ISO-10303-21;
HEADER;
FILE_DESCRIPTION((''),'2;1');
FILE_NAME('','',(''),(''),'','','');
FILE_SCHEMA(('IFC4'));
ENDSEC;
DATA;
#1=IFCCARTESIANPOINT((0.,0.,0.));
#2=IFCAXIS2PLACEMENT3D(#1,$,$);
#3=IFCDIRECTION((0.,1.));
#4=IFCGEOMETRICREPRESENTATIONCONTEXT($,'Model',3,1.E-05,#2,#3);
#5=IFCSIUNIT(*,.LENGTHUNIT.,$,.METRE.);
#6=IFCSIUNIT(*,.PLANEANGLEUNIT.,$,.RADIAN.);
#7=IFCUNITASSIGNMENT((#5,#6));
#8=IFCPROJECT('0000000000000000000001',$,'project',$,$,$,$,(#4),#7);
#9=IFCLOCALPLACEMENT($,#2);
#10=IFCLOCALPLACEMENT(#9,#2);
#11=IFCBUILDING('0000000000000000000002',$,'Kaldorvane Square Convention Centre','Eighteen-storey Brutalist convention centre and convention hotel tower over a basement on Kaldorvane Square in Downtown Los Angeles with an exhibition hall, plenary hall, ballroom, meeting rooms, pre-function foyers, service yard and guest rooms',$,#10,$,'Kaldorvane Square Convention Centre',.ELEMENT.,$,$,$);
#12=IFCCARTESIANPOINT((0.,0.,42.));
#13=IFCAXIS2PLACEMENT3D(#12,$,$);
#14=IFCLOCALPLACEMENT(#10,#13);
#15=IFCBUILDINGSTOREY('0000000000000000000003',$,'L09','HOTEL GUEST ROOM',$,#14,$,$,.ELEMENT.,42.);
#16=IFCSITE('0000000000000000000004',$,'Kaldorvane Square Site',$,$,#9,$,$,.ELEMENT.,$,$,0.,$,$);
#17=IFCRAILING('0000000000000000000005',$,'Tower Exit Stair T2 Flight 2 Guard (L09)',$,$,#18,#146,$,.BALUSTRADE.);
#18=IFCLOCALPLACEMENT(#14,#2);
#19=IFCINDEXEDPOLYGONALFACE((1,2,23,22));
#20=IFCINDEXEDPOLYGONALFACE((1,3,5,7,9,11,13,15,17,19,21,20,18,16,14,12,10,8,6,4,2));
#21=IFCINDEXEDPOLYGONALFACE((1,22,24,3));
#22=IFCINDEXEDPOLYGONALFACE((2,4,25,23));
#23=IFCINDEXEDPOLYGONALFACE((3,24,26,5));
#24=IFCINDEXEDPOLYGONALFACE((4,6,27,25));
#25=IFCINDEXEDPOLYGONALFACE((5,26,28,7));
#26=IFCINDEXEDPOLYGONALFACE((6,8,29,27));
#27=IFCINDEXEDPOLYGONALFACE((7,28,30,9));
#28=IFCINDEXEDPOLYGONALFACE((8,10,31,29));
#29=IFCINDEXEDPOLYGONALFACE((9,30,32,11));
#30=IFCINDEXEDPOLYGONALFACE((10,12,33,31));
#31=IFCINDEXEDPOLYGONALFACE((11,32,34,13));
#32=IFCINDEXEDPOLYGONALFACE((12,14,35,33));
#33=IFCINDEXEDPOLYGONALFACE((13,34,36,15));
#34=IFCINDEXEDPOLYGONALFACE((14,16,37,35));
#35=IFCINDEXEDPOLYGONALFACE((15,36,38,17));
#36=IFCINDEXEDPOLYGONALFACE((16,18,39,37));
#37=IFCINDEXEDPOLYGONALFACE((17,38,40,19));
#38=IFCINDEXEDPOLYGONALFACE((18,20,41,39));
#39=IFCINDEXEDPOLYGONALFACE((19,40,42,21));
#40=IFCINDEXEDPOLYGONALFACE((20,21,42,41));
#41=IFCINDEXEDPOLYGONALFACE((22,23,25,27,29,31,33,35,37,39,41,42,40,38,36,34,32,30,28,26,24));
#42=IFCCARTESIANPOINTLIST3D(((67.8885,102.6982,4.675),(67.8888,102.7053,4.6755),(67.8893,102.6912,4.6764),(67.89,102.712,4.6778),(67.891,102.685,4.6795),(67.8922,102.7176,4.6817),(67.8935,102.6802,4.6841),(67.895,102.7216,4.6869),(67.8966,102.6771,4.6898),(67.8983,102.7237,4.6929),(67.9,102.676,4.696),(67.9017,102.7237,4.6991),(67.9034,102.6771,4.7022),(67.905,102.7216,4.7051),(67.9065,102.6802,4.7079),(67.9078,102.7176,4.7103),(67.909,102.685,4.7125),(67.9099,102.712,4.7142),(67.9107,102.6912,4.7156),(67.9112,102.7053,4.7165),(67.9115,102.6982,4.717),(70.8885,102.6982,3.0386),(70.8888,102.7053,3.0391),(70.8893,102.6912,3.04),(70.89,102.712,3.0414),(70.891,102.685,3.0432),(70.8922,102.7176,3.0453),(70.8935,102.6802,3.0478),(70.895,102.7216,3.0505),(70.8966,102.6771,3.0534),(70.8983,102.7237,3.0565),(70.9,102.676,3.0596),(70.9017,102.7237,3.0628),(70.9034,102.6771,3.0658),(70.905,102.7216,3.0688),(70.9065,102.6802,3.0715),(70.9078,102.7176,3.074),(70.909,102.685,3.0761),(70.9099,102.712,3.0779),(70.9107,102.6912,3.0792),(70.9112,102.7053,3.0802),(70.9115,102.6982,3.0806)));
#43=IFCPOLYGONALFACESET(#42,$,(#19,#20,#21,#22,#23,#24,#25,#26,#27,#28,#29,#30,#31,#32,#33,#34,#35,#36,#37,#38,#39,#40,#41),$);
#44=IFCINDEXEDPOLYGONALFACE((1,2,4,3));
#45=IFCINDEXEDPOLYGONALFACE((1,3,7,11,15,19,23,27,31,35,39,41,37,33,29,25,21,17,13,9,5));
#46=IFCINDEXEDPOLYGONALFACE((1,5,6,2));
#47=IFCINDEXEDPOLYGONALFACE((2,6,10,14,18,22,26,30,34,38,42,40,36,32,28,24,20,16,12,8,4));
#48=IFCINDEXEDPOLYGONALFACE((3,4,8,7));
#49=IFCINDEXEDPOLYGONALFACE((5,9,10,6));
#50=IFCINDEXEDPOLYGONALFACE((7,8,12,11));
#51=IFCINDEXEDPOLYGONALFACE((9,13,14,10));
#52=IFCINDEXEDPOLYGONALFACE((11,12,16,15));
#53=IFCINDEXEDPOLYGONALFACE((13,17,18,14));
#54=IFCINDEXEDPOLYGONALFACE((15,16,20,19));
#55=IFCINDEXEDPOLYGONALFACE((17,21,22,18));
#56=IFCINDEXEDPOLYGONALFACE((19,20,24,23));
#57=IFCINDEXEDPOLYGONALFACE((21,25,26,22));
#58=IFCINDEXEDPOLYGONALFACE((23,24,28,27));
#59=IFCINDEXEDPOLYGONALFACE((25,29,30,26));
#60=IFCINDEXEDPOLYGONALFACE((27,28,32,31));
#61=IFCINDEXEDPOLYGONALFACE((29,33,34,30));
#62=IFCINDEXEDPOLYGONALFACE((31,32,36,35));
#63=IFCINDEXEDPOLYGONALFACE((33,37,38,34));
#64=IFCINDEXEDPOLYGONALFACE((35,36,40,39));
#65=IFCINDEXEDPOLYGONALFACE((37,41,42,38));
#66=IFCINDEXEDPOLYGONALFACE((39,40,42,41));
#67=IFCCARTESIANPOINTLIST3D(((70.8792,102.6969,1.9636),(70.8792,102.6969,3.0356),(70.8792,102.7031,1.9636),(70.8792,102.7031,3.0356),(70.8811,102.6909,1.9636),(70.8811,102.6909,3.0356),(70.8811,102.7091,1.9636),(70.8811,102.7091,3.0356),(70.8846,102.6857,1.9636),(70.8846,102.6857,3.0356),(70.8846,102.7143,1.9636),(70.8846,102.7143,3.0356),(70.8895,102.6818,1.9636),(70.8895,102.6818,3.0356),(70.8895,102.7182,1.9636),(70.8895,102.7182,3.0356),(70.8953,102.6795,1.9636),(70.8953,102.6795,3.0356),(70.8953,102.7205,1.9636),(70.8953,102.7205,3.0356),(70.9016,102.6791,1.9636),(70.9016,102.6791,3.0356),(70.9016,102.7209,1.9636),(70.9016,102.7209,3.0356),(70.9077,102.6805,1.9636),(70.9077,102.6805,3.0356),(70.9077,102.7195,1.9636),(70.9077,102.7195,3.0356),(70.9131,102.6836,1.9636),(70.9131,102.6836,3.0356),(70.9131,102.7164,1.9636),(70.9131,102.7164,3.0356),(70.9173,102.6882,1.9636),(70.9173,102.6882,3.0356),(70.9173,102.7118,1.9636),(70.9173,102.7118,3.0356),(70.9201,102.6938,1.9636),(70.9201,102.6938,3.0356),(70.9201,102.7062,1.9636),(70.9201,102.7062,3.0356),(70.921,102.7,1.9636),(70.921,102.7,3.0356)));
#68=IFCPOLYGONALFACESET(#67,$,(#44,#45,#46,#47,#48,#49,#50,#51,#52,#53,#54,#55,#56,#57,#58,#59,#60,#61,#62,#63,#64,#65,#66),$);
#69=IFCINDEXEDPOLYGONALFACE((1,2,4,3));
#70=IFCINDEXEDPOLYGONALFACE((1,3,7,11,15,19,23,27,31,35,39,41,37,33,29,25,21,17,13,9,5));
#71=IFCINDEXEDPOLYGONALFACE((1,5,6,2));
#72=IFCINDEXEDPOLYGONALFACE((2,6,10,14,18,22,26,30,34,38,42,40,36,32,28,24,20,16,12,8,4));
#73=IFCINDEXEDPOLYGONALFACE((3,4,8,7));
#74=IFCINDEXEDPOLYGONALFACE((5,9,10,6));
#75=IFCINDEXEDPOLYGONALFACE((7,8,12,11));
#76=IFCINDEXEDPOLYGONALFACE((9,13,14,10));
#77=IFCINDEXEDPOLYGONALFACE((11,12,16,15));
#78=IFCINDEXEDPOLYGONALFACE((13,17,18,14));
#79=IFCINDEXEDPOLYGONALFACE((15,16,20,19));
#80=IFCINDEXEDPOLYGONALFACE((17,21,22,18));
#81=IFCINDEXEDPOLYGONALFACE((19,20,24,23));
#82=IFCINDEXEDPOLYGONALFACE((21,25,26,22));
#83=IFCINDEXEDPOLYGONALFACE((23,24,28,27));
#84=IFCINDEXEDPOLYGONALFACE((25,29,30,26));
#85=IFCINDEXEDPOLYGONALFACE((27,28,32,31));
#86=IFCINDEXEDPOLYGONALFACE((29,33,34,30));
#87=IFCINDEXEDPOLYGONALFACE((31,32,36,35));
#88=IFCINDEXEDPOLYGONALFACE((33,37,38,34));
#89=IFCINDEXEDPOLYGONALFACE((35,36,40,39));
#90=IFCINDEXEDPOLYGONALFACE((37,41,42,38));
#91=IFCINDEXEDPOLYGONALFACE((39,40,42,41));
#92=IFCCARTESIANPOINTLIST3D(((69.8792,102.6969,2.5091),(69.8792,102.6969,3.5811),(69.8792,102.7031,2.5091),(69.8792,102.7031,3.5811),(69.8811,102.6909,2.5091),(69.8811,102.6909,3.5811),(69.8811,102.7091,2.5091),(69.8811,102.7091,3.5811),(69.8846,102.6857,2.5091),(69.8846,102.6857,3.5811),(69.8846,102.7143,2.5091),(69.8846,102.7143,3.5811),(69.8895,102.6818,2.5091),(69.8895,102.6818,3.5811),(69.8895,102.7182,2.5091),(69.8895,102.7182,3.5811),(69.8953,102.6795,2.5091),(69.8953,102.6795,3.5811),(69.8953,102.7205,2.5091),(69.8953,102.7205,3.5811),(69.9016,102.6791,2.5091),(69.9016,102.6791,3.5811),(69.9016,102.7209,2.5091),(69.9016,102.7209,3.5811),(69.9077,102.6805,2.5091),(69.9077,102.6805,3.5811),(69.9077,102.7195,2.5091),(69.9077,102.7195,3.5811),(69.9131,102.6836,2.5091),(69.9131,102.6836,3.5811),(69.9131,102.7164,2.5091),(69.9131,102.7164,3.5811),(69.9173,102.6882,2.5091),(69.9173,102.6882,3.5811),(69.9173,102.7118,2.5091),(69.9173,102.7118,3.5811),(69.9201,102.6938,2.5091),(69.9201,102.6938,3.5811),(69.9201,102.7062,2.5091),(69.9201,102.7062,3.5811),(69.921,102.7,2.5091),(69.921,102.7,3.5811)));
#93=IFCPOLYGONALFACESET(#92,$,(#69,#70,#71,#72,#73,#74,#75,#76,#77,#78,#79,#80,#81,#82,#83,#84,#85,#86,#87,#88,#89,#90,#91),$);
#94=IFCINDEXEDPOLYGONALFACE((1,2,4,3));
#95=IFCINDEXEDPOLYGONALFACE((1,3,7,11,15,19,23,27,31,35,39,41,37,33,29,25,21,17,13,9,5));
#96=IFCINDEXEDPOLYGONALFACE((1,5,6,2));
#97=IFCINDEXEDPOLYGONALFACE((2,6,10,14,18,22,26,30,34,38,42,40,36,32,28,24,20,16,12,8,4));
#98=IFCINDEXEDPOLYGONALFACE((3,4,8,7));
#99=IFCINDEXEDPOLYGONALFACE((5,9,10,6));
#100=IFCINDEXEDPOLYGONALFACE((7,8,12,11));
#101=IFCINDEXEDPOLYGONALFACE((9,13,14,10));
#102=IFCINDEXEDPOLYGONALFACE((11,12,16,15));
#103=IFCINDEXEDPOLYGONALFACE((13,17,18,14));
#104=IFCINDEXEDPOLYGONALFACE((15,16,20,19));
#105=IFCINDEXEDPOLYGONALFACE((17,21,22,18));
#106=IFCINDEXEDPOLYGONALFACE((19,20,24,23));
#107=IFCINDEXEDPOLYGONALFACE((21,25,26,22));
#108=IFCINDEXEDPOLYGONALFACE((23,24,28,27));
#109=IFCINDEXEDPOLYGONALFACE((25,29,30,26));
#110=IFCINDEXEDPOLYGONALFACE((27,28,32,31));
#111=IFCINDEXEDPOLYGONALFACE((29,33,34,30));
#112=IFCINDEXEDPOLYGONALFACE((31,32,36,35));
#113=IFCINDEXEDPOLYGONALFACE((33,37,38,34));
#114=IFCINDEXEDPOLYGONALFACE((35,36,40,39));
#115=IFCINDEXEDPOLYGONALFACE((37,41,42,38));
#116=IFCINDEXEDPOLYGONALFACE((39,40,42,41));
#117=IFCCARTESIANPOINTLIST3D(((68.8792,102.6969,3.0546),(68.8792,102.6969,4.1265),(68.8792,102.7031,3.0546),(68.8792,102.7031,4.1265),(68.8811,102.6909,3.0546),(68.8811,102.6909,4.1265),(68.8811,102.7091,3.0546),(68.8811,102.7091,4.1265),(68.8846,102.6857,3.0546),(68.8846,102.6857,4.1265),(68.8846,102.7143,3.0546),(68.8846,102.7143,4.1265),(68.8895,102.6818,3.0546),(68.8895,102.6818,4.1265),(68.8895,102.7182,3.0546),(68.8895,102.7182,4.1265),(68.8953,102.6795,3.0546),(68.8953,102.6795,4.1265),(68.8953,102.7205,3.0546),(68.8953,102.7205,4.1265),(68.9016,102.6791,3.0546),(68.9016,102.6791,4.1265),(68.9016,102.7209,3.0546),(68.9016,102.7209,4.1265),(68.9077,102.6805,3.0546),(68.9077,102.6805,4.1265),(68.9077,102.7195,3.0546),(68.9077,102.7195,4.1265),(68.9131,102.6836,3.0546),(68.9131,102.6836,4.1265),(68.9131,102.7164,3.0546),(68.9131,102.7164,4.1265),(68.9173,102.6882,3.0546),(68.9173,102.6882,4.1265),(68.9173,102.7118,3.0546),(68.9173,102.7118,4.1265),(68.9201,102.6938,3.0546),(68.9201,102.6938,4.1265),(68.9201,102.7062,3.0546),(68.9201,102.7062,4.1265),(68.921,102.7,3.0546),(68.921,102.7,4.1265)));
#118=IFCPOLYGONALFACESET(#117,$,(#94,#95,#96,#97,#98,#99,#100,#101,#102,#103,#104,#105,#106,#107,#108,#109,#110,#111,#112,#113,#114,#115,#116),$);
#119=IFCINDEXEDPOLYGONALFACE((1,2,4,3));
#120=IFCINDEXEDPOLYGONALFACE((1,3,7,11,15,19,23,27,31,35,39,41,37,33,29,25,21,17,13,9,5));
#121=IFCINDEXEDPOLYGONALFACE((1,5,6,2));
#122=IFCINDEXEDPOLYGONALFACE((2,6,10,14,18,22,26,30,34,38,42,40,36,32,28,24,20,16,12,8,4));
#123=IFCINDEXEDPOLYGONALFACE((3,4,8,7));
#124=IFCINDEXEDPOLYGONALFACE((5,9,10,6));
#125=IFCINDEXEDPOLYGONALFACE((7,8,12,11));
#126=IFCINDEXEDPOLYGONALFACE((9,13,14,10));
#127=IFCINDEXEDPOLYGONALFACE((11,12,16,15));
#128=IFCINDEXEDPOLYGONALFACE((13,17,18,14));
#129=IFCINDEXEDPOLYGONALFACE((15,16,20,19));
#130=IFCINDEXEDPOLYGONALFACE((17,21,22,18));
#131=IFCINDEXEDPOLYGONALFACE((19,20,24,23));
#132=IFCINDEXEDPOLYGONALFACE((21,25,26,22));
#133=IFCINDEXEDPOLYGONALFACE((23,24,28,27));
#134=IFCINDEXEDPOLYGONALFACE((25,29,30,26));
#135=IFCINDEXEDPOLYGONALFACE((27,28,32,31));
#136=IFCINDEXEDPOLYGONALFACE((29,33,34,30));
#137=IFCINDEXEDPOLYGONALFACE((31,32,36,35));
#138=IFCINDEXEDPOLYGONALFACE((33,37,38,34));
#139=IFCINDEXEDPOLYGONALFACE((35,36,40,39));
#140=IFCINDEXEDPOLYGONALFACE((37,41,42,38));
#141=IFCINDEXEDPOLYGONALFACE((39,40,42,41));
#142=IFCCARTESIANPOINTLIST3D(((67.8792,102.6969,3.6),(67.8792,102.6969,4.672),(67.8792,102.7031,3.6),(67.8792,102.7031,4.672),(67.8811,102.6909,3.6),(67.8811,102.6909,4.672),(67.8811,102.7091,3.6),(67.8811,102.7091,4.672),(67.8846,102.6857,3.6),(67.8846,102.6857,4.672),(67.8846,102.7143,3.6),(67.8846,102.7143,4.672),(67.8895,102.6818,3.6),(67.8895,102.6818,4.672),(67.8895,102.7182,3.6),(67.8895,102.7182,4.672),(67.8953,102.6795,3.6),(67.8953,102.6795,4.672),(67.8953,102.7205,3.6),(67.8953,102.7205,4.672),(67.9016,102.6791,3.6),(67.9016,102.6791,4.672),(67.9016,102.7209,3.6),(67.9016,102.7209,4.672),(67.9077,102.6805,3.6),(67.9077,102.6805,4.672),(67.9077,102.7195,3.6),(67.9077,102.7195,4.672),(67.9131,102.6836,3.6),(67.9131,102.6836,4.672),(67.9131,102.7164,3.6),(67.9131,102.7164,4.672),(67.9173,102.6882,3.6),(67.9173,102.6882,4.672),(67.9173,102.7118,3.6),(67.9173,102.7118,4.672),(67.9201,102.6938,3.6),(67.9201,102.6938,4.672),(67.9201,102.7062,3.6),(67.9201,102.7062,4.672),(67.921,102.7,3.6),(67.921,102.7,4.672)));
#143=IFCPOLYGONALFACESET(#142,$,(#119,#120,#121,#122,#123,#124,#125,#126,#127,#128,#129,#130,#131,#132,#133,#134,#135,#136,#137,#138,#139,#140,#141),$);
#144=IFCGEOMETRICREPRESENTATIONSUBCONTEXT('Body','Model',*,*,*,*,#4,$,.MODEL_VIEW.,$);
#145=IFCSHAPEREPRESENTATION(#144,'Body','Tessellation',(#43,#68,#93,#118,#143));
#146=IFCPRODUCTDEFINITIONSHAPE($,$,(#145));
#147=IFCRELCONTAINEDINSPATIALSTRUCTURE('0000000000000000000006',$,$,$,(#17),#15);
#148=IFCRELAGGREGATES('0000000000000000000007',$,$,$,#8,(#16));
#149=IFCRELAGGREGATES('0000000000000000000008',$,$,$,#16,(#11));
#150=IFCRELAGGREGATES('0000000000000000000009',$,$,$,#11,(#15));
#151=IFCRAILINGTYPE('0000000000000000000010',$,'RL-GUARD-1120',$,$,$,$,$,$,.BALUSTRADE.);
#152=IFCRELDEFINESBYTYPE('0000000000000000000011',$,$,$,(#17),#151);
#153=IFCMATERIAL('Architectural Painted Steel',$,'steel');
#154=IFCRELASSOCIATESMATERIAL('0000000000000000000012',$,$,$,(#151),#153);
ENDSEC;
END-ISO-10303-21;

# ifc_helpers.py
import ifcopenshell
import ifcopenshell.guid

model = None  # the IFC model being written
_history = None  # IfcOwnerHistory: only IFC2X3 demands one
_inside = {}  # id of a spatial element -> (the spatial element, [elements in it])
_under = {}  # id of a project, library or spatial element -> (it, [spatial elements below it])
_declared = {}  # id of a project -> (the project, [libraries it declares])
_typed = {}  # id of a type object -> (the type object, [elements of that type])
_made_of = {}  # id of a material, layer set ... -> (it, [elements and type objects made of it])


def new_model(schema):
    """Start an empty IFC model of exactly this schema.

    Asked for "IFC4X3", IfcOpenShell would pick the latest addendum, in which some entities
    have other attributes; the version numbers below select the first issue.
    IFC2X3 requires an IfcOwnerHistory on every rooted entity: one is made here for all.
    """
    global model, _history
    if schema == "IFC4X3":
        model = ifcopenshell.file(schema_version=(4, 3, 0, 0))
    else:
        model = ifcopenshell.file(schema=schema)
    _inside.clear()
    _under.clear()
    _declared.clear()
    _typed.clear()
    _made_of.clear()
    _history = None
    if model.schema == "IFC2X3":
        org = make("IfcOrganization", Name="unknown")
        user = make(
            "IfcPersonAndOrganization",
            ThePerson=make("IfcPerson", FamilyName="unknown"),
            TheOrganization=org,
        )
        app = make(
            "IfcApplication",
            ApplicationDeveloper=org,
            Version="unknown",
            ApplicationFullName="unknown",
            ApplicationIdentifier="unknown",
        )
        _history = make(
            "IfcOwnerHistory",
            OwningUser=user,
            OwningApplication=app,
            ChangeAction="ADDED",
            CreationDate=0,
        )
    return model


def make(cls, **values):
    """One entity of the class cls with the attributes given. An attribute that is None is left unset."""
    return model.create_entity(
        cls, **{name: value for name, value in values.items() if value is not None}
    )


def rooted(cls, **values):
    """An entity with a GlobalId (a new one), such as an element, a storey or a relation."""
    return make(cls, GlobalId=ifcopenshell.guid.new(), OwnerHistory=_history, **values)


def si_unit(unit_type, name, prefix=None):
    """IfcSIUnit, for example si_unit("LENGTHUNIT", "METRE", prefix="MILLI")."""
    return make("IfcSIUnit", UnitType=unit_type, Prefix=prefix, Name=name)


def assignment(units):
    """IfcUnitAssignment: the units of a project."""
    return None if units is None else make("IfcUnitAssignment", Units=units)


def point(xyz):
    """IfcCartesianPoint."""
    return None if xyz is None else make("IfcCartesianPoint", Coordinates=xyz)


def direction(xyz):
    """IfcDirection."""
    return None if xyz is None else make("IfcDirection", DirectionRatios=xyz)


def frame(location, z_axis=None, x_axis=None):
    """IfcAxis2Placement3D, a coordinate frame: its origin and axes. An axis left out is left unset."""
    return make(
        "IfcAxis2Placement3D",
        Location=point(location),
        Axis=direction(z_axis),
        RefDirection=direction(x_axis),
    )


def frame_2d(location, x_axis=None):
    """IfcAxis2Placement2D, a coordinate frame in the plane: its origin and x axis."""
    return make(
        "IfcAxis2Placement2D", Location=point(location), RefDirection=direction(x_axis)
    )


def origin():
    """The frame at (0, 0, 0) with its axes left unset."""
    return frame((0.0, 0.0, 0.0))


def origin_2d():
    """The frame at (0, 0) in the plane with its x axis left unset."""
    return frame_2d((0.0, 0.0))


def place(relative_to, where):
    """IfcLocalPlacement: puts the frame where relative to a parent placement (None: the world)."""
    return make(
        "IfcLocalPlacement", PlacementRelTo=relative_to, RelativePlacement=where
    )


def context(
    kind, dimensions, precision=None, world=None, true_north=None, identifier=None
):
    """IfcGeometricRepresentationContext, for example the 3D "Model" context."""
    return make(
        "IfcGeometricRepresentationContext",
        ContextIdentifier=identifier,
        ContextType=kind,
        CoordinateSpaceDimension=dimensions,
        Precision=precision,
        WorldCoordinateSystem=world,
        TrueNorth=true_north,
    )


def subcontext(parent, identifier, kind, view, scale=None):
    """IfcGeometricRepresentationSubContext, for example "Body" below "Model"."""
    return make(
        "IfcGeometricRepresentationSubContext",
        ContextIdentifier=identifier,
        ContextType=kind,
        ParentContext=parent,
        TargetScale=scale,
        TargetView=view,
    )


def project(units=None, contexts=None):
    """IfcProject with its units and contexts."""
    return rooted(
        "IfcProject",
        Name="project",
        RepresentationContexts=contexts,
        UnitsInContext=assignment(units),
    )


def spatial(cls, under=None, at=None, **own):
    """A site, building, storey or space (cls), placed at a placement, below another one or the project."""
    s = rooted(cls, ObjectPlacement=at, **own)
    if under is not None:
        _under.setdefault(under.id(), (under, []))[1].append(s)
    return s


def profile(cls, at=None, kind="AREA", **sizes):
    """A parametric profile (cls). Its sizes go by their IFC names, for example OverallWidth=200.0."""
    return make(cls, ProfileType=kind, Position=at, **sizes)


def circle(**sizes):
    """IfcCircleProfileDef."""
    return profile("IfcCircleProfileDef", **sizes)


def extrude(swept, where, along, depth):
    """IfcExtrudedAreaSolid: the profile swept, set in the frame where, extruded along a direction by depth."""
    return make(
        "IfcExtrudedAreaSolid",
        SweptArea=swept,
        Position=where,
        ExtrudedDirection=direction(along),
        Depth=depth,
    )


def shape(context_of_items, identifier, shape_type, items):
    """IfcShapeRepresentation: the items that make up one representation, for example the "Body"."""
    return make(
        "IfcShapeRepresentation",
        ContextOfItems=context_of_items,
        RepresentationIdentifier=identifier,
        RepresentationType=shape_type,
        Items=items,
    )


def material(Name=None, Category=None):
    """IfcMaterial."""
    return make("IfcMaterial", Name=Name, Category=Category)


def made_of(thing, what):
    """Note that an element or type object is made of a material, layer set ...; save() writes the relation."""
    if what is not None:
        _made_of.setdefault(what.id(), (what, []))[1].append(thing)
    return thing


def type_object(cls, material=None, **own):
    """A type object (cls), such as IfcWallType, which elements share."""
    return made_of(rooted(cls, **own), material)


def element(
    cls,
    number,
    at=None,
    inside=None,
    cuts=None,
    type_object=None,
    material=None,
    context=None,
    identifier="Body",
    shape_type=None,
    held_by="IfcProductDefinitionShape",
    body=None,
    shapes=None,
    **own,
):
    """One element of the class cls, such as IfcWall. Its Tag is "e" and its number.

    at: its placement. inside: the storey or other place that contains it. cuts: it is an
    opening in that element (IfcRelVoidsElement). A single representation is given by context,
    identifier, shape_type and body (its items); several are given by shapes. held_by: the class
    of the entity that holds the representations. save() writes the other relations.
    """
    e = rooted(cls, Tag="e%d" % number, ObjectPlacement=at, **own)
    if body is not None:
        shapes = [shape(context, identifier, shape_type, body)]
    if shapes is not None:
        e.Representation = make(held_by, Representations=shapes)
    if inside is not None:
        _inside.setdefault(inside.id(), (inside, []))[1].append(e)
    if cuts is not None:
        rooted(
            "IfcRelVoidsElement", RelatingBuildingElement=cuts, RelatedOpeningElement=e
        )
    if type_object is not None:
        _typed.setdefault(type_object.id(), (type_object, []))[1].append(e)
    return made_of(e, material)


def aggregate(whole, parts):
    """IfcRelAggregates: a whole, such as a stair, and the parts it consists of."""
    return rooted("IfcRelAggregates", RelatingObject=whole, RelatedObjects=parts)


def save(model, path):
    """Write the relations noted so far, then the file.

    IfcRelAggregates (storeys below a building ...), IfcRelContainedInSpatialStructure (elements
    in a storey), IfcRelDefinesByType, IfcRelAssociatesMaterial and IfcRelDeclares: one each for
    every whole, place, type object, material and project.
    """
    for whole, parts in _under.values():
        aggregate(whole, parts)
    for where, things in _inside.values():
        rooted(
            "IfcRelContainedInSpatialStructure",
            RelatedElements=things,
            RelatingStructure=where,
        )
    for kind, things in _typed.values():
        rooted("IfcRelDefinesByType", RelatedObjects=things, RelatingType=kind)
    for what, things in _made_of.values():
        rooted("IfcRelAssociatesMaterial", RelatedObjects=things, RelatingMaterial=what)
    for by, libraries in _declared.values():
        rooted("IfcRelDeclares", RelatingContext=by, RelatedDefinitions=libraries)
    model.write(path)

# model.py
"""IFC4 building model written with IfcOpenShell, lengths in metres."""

from ifc_helpers import new_model, si_unit, direction, frame, origin, origin_2d, place, context, subcontext, project, spatial, circle, extrude, material, type_object, element, save


model = new_model("IFC4")

# Units and contexts
model_context = context("Model", 3, precision=1e-05, world=origin(), true_north=direction((0.0, 1.0)))
body_context = subcontext(model_context, "Body", "Model", "MODEL_VIEW")
ifc_project = project(units=[si_unit("LENGTHUNIT", "METRE"), si_unit("PLANEANGLEUNIT", "RADIAN")], contexts=[model_context])

# Site, building, storey
site_placement = place(None, origin())
site = spatial("IfcSite", under=ifc_project, at=site_placement, Name="Kaldorvane Square Site", CompositionType="ELEMENT", RefElevation=0.0)
building_placement = place(site_placement, origin())
building = spatial("IfcBuilding", under=site, at=building_placement, Name="Kaldorvane Square Convention Centre", Description="Eighteen-storey Brutalist convention centre and convention hotel tower over a basement on Kaldorvane Square in Downtown Los Angeles with an exhibition hall, plenary hall, ballroom, meeting rooms, pre-function foyers, service yard and guest rooms", LongName="Kaldorvane Square Convention Centre", CompositionType="ELEMENT")
storey_placement = place(building_placement, frame((0.0, 0.0, 42.0)))
storey = spatial("IfcBuildingStorey", under=building, at=storey_placement, Name="L09", Description="HOTEL GUEST ROOM", CompositionType="ELEMENT", Elevation=42.0)

# Railing
ifc_material_1 = material(Name="Architectural Painted Steel", Category="steel")
railing_type_1 = type_object("IfcRailingType", Name="RL-GUARD-1120", PredefinedType="BALUSTRADE", material=ifc_material_1)
railing_1_placement = place(storey_placement, frame((70.9, 102.7, 1.9636)))
element("IfcRailing", 1, at=railing_1_placement, inside=storey, type_object=railing_type_1, Name="Tower Exit Stair T2 Flight 2 Guard (L09)", PredefinedType="BALUSTRADE", context=body_context, shape_type="SweptSolid", body=[
    extrude(circle(Radius=0.024, at=origin_2d()), frame((0.0, 0.0, 1.096), z_axis=(-0.877895, 0.0, 0.478853), x_axis=(0.0, -1.0, 0.0)), (0.0, 0.0, 1.0), 3.4173),
    extrude(circle(Radius=0.021, at=origin_2d()), origin(), (0.0, 0.0, 1.0), 1.072),
    extrude(circle(Radius=0.021, at=origin_2d()), frame((-1.0, 0.0, 0.5455)), (0.0, 0.0, 1.0), 1.072),
    extrude(circle(Radius=0.021, at=origin_2d()), frame((-2.0, 0.0, 1.0909)), (0.0, 0.0, 1.0), 1.072),
    extrude(circle(Radius=0.021, at=origin_2d()), frame((-3.0, 0.0, 1.6364)), (0.0, 0.0, 1.0), 1.072),
])

save(model, "model.ifc")
